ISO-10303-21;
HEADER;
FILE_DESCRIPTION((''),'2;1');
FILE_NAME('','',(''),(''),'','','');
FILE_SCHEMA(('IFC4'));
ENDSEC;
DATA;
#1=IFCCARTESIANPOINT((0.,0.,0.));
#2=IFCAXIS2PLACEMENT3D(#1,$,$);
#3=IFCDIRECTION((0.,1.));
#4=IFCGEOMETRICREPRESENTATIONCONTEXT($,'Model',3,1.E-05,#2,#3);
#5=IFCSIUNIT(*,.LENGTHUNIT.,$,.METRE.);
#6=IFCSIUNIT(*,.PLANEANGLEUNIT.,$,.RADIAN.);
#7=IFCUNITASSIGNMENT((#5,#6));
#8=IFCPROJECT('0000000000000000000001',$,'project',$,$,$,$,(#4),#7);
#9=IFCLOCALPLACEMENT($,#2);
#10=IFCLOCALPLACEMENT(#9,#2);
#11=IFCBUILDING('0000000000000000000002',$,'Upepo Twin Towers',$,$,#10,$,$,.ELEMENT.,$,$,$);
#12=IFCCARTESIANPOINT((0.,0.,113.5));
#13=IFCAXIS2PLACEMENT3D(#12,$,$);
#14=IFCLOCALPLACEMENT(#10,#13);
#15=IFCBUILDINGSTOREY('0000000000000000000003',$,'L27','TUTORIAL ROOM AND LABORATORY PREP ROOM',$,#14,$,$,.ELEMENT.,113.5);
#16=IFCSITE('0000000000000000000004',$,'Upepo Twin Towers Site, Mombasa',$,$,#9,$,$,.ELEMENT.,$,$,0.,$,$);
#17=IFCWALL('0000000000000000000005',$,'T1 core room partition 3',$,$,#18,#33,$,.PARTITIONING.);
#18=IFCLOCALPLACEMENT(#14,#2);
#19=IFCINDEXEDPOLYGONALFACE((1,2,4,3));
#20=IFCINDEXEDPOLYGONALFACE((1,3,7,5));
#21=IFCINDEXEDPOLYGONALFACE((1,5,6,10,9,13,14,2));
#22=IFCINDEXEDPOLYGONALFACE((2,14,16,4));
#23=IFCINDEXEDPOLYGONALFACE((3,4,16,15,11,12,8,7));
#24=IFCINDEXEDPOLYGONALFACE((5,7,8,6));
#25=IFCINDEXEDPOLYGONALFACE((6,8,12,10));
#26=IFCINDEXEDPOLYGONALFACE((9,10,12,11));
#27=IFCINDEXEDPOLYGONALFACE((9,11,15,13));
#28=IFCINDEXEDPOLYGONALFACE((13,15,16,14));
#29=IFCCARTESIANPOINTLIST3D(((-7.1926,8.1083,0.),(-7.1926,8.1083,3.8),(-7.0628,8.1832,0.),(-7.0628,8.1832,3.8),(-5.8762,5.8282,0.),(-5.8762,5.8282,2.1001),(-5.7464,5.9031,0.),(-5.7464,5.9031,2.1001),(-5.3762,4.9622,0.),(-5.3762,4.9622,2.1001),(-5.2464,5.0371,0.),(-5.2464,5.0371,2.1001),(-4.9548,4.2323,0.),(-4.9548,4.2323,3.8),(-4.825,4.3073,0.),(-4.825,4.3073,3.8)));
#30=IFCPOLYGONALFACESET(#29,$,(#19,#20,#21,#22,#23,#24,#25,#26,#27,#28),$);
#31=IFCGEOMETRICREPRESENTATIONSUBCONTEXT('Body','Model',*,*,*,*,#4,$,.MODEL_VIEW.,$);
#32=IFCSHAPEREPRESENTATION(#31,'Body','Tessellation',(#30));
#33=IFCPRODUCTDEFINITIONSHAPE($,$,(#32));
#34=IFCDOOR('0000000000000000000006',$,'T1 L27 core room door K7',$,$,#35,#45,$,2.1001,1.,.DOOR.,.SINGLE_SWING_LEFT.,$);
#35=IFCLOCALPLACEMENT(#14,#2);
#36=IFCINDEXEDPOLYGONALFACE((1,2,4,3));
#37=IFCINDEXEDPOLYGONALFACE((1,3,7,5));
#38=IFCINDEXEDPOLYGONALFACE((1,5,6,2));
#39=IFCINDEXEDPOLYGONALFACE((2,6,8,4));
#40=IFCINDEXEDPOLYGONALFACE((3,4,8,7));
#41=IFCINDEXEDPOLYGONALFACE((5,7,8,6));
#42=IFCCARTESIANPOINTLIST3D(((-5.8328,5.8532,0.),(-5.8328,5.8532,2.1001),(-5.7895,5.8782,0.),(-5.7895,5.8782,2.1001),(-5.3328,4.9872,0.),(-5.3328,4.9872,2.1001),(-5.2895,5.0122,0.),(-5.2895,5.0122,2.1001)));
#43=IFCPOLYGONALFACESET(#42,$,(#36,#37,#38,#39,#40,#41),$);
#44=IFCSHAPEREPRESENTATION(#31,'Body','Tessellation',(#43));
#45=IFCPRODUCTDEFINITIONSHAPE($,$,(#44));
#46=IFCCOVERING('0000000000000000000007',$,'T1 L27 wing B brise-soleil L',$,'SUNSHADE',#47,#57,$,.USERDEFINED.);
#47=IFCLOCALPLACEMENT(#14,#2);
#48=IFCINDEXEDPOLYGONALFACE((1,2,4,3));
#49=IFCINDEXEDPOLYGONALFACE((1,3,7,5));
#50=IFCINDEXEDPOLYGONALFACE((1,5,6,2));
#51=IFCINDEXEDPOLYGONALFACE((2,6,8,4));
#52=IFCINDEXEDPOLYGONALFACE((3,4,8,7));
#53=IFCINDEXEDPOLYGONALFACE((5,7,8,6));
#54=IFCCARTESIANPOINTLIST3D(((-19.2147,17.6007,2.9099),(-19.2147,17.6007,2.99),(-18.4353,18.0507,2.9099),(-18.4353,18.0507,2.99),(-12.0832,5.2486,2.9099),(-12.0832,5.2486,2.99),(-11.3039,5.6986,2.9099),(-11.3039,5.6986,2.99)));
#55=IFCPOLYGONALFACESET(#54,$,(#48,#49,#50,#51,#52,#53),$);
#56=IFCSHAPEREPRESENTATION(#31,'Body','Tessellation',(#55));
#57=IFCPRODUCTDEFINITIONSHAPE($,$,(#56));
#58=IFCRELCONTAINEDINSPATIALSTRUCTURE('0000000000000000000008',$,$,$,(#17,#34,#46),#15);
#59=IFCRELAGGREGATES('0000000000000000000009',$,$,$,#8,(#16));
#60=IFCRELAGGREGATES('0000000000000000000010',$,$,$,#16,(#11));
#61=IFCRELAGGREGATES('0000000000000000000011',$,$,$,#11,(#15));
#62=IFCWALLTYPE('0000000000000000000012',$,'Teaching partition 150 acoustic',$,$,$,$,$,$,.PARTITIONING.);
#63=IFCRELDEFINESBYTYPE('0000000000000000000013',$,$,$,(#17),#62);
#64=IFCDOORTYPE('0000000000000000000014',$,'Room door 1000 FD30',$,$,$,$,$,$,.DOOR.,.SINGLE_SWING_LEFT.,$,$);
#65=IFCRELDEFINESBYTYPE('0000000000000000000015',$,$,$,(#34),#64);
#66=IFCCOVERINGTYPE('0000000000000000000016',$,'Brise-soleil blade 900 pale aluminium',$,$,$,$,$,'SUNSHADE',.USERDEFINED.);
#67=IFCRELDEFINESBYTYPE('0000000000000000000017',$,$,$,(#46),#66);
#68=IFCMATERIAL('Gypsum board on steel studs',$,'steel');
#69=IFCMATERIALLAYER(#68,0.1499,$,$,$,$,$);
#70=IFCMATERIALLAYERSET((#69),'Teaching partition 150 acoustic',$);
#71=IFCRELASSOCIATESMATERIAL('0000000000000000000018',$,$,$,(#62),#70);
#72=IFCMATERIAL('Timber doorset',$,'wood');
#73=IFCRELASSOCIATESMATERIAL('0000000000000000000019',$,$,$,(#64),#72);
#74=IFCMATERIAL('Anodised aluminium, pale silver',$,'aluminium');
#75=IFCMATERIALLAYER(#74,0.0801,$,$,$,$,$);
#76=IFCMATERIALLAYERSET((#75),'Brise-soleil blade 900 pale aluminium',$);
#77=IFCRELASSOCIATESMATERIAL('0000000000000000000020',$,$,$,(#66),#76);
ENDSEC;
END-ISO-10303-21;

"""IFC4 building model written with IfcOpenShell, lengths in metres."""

from ifc_helpers import new_model, si_unit, direction, frame, frame_2d, origin, origin_2d, place, context, subcontext, project, spatial, rectangle, extrude, material, layer, layer_set, type_object, element, fill, save


model = new_model("IFC4")

# Units and contexts
model_context = context("Model", 3, precision=1e-05, world=origin(), true_north=direction((0.0, 1.0)))
body_context = subcontext(model_context, "Body", "Model", "MODEL_VIEW")
ifc_project = project(units=[si_unit("LENGTHUNIT", "METRE"), si_unit("PLANEANGLEUNIT", "RADIAN")], contexts=[model_context])

# Site, building, storey
site_placement = place(None, origin())
site = spatial("IfcSite", under=ifc_project, at=site_placement, Name="Upepo Twin Towers Site, Mombasa", CompositionType="ELEMENT", RefElevation=0.0)
building_placement = place(site_placement, origin())
building = spatial("IfcBuilding", under=site, at=building_placement, Name="Upepo Twin Towers", CompositionType="ELEMENT")
storey_placement = place(building_placement, frame((0.0, 0.0, 113.5)))
storey = spatial("IfcBuildingStorey", under=building, at=storey_placement, Name="L27", Description="TUTORIAL ROOM AND LABORATORY PREP ROOM", CompositionType="ELEMENT", Elevation=113.5)

# Wall, opening, door
ifc_material_1 = material(Name="Gypsum board on steel studs", Category="steel")
ifc_layer_1 = layer(ifc_material_1, 0.1499)
ifc_layer_set_1 = layer_set([ifc_layer_1], Name="Teaching partition 150 acoustic")
wall_type_1 = type_object("IfcWallType", Name="Teaching partition 150 acoustic", PredefinedType="PARTITIONING", material=ifc_layer_set_1)
wall_1_placement = place(storey_placement, frame((-4.8899, 4.2698, 0.0), z_axis=(0.0, 0.0, 1.0), x_axis=(-0.499999, 0.866026, 0.0)))
wall_1 = element("IfcWall", 1, at=wall_1_placement, inside=storey, type_object=wall_type_1, Name="T1 core room partition 3", PredefinedType="PARTITIONING", context=body_context, shape_type="SweptSolid", body=[
    extrude(rectangle(XDim=4.4756, YDim=0.1499, at=frame_2d((2.2378, 0.0))), origin(), (0.0, 0.0, 1.0), 3.8),
])
opening_1_placement = place(wall_1_placement, frame((0.8428, 0.0, 0.0)))
opening_1 = element("IfcOpeningElement", 2, at=opening_1_placement, cuts=wall_1, PredefinedType="OPENING", context=body_context, shape_type="SweptSolid", body=[
    extrude(rectangle(XDim=1.0, YDim=2.1001, at=frame_2d((0.5, 1.05))), frame((0.0, 0.085, 0.0), z_axis=(0.0, -1.0, 0.0), x_axis=(1.0, 0.0, 0.0)), (0.0, 0.0, 1.0), 0.1699),
])
ifc_material_2 = material(Name="Timber doorset", Category="wood")
door_type_1 = type_object("IfcDoorType", Name="Room door 1000 FD30", OperationType="SINGLE_SWING_LEFT", PredefinedType="DOOR", material=ifc_material_2)
door_1_placement = place(opening_1_placement, origin())
door_1 = element("IfcDoor", 3, at=door_1_placement, inside=storey, type_object=door_type_1, Name="T1 L27 core room door K7", OperationType="SINGLE_SWING_LEFT", OverallHeight=2.1001, OverallWidth=1.0, PredefinedType="DOOR", context=body_context, shape_type="SweptSolid", body=[
    extrude(rectangle(XDim=1.0, YDim=2.1001, at=frame_2d((0.5, 1.05))), frame((0.0, 0.0249, 0.0), z_axis=(0.0, -1.0, 0.0), x_axis=(1.0, 0.0, 0.0)), (0.0, 0.0, 1.0), 0.05),
])
fill(opening_1, door_1)

# Covering
ifc_material_3 = material(Name="Anodised aluminium, pale silver", Category="aluminium")
ifc_layer_2 = layer(ifc_material_3, 0.0801)
ifc_layer_set_2 = layer_set([ifc_layer_2], Name="Brise-soleil blade 900 pale aluminium")
covering_type = type_object("IfcCoveringType", Name="Brise-soleil blade 900 pale aluminium", ElementType="SUNSHADE", PredefinedType="USERDEFINED", material=ifc_layer_set_2)
covering_placement = place(storey_placement, frame((-15.2593, 11.6497, 2.9099), z_axis=(0.0, 0.0, 1.0), x_axis=(-0.5, 0.866025, 0.0)))
element("IfcCovering", 4, at=covering_placement, inside=storey, type_object=covering_type, Name="T1 L27 wing B brise-soleil L", ObjectType="SUNSHADE", PredefinedType="USERDEFINED", context=body_context, shape_type="SweptSolid", body=[
    extrude(rectangle(XDim=14.2629, YDim=0.8999, at=origin_2d()), origin(), (0.0, 0.0, 1.0), 0.0801),
])

save(model, "model.ifc")
